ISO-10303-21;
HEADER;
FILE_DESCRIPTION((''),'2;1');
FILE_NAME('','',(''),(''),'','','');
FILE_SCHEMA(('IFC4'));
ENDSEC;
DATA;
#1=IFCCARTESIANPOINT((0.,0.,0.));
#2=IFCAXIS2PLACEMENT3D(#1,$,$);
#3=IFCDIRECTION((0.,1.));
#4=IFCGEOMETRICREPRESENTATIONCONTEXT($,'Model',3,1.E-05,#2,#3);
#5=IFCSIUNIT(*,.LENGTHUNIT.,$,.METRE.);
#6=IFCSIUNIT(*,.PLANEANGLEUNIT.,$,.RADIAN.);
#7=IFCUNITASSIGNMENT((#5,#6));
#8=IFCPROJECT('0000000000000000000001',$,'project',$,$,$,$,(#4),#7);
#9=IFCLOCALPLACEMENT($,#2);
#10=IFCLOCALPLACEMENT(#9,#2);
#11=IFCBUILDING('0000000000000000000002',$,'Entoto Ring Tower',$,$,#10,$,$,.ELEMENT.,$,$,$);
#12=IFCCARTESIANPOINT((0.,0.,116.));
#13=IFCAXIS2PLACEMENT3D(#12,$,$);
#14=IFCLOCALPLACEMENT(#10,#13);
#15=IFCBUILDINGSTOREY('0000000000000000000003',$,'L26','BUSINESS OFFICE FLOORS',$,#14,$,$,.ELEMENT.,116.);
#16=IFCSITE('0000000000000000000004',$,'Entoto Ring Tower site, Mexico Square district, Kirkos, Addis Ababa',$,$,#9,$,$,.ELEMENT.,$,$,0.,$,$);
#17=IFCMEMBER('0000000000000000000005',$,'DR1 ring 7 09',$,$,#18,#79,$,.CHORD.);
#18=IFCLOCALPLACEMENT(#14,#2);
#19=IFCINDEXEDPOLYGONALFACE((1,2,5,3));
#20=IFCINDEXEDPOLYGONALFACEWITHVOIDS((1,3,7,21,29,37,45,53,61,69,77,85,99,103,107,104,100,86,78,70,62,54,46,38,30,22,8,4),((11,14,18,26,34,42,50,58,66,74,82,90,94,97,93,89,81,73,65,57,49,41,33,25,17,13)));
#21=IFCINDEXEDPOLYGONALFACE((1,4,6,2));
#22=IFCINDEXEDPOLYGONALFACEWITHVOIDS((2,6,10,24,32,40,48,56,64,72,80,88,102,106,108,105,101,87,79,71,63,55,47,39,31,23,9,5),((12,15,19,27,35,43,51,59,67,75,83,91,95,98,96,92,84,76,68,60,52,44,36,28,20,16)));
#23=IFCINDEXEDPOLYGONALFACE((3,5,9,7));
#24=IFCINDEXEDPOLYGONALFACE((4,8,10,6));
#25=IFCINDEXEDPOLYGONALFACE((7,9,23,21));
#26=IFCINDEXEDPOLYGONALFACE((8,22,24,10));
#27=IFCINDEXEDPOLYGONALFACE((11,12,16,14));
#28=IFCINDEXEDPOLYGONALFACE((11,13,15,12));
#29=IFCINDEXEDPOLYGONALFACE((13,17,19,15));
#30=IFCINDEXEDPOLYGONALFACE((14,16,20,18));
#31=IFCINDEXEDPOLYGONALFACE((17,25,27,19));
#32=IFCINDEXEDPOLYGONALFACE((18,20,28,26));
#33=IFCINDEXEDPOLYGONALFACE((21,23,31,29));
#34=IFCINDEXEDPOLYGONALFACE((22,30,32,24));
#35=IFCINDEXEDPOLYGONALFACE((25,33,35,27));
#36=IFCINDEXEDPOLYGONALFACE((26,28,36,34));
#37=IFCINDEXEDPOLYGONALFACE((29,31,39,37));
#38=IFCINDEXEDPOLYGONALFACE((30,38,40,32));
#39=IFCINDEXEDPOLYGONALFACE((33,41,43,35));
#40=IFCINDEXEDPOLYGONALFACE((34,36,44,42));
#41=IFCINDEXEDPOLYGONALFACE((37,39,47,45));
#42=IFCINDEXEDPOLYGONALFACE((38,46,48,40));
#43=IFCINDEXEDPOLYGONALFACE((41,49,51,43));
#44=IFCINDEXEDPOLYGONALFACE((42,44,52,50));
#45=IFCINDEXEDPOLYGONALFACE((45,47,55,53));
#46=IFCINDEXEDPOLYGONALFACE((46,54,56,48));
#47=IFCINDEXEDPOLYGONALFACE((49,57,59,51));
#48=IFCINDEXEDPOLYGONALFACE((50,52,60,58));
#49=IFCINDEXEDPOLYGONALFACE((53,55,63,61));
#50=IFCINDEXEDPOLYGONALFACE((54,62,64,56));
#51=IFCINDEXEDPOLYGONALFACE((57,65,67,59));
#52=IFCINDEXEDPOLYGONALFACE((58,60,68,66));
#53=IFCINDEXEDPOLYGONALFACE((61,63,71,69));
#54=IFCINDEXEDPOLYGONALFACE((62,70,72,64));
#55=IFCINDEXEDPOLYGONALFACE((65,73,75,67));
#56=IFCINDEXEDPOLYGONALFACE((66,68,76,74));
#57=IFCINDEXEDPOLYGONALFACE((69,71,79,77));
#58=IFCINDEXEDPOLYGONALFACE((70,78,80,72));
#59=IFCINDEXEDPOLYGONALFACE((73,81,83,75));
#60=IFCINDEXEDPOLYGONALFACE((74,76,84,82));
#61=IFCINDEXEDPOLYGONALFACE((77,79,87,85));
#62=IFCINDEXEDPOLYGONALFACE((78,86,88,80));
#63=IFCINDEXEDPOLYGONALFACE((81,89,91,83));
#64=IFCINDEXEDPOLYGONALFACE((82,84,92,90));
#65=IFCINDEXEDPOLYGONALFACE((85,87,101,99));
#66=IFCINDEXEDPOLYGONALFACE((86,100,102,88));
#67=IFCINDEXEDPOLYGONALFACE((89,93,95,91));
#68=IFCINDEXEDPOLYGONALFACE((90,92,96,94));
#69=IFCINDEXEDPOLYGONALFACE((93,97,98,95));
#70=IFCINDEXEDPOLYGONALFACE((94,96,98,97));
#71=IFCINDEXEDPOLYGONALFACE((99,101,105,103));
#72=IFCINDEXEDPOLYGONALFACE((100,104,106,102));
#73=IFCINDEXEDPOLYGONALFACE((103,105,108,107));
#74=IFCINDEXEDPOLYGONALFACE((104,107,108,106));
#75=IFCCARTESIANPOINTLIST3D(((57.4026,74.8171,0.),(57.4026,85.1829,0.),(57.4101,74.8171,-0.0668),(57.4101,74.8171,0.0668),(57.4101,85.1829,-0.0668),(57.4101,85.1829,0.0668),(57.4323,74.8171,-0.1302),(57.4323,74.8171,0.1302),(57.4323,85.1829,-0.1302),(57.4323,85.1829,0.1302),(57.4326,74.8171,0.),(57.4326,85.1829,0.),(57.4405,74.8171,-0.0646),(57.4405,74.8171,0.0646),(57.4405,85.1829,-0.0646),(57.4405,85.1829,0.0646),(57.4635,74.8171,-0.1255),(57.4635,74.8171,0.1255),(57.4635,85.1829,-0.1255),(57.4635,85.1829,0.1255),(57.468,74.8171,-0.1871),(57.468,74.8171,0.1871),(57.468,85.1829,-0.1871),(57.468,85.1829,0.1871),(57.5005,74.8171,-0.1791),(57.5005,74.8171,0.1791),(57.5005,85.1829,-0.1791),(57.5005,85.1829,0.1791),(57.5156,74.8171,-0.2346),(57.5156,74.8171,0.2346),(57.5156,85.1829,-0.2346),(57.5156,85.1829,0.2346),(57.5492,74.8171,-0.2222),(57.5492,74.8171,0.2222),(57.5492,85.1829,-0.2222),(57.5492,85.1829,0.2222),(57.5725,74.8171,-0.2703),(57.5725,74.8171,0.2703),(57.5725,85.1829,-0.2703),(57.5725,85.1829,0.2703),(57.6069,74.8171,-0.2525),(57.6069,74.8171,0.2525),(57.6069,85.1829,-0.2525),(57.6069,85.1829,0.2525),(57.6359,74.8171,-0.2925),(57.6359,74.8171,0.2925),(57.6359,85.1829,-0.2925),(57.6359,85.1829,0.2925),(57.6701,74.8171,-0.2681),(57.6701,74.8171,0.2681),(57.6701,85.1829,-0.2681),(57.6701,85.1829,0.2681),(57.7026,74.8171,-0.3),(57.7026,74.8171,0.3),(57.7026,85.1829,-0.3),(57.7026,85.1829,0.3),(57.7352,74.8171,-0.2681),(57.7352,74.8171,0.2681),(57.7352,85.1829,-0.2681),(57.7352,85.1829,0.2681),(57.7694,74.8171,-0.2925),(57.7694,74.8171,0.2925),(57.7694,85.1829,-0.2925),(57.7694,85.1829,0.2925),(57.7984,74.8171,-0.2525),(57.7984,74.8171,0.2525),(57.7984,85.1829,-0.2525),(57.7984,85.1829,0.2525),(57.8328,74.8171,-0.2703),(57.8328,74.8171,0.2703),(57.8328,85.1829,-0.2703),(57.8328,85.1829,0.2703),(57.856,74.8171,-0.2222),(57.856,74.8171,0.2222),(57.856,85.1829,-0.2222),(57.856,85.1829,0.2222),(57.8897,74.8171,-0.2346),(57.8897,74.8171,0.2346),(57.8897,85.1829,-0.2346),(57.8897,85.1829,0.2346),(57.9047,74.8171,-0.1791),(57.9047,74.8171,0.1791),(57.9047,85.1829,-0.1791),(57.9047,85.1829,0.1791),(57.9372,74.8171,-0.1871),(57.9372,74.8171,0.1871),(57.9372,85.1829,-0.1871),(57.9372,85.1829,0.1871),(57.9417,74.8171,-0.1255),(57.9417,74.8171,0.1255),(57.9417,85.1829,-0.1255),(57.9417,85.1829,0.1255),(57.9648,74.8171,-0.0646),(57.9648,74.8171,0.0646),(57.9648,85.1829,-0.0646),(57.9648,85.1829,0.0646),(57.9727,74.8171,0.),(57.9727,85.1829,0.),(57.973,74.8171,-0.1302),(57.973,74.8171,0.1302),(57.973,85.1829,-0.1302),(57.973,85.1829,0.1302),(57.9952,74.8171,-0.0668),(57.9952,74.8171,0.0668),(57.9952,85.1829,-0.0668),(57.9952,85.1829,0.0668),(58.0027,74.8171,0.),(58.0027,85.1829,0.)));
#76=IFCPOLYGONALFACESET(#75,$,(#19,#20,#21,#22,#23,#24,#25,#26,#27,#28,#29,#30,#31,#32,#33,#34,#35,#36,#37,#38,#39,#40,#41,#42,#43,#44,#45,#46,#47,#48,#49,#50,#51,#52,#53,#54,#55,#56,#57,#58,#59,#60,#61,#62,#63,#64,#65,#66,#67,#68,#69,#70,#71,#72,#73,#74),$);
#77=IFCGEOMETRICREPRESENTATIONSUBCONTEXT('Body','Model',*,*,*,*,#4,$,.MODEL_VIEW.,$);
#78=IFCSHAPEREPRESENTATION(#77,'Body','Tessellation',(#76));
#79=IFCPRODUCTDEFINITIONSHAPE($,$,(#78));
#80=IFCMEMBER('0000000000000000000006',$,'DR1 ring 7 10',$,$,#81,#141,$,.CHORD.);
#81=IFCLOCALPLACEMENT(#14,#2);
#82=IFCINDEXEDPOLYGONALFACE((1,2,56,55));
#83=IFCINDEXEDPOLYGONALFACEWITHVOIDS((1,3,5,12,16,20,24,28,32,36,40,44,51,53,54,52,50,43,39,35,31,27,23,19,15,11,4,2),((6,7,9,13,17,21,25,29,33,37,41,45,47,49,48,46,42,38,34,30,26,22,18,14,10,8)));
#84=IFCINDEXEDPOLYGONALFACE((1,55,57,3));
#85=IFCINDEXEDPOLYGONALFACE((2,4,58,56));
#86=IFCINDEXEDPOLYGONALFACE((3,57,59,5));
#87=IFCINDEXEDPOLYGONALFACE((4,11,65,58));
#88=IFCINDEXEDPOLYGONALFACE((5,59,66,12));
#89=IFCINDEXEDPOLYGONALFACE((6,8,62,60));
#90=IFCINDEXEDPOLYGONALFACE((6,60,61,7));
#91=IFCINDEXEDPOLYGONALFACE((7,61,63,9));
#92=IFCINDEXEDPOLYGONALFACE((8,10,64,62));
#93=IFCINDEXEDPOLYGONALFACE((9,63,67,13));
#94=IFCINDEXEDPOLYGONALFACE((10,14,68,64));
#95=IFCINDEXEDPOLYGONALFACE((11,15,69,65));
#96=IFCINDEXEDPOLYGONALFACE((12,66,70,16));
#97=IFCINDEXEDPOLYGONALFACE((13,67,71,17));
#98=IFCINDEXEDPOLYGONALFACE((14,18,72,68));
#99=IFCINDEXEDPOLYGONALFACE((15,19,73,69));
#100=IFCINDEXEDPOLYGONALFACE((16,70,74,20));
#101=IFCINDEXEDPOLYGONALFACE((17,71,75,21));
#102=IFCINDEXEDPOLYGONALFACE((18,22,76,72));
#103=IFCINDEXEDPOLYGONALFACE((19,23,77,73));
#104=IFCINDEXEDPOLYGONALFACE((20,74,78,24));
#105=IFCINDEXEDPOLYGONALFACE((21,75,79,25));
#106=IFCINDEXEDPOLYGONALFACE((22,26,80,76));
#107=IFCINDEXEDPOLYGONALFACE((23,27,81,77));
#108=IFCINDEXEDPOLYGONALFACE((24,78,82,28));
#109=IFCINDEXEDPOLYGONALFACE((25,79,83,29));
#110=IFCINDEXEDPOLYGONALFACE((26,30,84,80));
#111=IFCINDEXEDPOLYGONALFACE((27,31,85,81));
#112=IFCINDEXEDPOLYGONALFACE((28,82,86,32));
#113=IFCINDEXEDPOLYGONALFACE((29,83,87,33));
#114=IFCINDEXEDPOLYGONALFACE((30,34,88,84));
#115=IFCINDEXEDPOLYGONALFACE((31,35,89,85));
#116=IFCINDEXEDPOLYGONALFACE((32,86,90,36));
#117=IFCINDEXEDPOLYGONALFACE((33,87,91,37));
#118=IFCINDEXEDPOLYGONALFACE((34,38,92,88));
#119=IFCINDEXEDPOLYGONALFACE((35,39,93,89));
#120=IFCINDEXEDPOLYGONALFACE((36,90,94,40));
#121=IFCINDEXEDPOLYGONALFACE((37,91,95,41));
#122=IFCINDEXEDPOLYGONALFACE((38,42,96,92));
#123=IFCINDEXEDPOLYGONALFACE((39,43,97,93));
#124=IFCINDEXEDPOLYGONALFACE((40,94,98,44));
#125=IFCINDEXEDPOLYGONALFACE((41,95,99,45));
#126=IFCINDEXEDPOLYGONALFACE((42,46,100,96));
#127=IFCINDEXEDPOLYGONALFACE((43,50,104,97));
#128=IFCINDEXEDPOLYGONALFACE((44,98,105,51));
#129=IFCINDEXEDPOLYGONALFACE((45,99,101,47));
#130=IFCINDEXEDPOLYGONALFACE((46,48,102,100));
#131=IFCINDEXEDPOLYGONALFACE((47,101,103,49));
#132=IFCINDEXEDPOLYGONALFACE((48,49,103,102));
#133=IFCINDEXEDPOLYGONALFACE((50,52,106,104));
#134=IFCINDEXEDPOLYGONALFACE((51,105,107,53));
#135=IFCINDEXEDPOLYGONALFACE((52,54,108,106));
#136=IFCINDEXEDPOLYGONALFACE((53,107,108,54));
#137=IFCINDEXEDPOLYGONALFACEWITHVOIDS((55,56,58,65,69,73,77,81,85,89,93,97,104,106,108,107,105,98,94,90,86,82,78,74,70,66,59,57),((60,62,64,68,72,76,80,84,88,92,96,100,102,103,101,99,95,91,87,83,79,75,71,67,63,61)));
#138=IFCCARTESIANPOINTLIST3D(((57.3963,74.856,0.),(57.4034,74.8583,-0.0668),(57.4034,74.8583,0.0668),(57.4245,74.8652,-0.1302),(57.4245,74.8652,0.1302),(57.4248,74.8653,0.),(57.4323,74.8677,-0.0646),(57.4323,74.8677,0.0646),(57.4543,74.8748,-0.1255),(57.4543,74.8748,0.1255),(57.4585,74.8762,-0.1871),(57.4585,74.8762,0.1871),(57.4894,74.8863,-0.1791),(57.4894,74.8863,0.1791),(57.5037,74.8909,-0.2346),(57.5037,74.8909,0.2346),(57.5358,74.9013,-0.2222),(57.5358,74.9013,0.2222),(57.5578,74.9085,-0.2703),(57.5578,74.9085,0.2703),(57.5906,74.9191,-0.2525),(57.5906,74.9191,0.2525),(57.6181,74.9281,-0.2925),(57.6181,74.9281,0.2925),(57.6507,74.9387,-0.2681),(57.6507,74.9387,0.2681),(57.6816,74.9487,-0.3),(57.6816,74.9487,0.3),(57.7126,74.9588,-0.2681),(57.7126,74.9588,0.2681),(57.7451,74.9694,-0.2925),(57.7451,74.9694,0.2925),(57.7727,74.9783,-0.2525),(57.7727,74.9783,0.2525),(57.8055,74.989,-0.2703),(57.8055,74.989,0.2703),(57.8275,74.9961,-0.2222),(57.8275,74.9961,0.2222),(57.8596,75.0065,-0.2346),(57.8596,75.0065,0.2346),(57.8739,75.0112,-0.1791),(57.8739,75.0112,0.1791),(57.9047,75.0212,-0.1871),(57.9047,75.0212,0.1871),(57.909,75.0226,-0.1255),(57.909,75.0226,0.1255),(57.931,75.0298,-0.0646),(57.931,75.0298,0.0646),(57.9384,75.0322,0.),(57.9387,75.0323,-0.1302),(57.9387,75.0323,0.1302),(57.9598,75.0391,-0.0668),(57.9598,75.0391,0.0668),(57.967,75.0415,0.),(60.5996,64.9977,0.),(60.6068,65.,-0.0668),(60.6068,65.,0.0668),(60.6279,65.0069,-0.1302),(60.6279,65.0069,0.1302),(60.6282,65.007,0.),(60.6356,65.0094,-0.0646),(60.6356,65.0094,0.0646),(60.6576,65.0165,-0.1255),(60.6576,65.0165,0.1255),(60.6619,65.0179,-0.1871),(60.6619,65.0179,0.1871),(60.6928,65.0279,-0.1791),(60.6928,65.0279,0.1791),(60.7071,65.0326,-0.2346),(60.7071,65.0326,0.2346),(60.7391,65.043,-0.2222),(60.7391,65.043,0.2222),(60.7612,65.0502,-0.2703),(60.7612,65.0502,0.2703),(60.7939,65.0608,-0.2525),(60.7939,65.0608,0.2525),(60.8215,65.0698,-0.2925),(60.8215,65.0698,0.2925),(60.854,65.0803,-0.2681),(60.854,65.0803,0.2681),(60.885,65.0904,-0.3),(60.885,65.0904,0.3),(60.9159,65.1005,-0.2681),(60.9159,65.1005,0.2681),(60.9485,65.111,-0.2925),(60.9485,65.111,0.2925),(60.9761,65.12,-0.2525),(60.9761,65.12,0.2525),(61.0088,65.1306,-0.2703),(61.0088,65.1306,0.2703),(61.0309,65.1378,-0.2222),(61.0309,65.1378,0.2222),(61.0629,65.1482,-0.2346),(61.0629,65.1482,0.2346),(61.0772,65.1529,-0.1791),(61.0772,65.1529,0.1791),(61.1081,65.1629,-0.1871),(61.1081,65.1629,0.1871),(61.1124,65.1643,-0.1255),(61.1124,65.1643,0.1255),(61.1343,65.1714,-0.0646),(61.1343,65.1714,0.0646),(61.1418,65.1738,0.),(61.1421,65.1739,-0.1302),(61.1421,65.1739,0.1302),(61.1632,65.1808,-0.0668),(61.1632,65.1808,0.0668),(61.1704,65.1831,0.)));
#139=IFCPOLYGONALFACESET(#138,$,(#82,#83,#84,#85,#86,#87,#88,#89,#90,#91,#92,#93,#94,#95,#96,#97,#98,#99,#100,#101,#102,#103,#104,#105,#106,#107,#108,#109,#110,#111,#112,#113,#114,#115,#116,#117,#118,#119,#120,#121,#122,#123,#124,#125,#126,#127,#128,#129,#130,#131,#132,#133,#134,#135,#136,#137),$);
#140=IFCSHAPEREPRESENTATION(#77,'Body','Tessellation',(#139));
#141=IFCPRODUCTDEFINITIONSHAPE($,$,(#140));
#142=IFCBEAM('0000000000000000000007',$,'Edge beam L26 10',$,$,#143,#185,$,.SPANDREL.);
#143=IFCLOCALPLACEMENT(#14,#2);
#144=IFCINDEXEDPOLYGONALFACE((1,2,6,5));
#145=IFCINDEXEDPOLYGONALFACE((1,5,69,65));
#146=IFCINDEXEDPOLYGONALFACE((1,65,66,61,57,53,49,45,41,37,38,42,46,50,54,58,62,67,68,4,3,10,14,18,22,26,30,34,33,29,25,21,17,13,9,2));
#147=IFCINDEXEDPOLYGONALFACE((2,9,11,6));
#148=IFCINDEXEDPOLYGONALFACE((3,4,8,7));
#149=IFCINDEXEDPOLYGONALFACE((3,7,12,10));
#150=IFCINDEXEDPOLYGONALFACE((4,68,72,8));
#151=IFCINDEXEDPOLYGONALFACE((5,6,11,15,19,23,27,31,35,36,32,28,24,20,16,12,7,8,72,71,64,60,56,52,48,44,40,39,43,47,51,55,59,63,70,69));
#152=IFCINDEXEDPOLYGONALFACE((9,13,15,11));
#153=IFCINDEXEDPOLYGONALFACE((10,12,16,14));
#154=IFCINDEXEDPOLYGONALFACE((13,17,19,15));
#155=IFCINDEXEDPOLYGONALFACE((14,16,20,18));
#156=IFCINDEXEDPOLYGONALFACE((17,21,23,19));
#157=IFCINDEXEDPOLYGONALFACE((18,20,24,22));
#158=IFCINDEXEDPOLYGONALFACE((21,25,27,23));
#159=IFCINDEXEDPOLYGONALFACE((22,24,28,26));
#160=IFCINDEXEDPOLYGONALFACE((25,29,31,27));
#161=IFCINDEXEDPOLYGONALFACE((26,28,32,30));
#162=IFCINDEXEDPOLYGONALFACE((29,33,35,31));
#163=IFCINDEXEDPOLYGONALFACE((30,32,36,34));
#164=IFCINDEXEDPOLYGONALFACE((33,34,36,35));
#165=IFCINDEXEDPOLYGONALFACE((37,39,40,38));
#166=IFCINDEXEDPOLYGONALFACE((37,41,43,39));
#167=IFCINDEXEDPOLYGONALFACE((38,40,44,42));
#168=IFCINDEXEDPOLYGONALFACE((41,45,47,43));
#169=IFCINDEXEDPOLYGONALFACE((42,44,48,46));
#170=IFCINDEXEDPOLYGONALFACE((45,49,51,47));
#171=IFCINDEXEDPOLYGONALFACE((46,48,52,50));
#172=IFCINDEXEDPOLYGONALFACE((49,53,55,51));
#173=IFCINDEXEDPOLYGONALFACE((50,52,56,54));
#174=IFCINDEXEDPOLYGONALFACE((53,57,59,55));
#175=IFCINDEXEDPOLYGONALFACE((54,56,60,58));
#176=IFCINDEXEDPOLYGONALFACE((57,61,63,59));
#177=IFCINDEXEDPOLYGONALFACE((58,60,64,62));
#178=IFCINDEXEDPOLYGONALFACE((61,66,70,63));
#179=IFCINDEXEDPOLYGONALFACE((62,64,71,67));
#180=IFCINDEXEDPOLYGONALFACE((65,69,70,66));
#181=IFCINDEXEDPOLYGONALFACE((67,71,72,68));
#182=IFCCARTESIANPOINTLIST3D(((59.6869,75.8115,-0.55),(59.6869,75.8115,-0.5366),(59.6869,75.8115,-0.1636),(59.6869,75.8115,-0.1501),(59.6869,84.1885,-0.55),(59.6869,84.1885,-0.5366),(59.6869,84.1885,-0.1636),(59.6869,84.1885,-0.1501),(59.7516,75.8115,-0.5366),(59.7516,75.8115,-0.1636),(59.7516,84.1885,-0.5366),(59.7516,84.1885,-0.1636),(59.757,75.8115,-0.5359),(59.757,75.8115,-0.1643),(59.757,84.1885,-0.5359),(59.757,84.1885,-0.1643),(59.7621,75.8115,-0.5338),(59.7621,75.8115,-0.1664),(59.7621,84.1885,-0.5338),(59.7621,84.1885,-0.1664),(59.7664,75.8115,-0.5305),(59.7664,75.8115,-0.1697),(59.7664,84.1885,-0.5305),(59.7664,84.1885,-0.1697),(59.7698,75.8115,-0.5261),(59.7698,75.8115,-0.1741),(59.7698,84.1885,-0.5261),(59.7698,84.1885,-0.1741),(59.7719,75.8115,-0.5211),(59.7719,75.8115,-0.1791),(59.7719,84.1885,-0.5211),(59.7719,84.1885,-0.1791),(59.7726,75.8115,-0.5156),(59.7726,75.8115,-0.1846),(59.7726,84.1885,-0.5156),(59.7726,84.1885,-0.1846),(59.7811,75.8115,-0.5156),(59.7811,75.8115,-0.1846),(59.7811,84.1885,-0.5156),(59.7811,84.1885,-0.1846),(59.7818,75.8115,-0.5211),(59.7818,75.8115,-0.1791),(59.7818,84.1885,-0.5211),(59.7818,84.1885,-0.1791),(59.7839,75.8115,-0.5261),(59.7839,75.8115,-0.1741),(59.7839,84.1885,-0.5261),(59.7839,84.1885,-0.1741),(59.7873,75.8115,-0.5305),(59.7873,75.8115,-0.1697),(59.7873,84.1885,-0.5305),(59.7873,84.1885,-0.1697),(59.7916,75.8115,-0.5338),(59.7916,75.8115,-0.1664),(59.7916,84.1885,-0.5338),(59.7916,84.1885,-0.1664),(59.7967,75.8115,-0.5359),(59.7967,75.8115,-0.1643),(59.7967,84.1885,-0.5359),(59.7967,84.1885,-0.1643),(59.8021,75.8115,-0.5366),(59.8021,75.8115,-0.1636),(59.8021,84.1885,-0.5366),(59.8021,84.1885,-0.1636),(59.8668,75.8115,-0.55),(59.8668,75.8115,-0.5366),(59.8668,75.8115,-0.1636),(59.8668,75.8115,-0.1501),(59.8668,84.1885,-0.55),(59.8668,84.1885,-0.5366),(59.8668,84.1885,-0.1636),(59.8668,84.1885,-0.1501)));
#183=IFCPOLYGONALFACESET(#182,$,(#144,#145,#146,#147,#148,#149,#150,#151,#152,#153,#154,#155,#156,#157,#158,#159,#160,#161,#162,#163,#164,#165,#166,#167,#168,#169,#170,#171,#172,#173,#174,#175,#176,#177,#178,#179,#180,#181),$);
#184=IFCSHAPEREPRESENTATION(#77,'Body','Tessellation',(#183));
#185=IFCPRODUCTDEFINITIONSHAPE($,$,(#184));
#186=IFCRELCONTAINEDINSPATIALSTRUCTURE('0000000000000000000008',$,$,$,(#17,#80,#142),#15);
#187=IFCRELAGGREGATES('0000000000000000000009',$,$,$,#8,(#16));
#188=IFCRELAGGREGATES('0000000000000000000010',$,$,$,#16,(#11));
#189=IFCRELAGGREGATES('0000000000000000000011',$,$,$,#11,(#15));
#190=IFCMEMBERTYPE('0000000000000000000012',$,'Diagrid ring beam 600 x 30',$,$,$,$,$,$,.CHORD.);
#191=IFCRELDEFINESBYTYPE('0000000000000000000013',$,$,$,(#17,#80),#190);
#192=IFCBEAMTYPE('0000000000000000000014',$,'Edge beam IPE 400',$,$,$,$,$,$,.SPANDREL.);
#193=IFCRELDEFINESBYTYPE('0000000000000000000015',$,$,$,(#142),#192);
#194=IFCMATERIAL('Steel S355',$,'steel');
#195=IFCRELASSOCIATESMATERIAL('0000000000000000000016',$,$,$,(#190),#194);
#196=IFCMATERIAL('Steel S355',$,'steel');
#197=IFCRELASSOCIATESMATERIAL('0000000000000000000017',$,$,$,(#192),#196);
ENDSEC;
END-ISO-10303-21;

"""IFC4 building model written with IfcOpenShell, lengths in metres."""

from ifc_helpers import new_model, si_unit, direction, frame, origin, origin_2d, place, context, subcontext, project, spatial, circle, hollow_circle, i_section, extrude, material, material_profile, profile_set, type_object, element, save


model = new_model("IFC4")

# Units and contexts
model_context = context("Model", 3, precision=1e-05, world=origin(), true_north=direction((0.0, 1.0)))
body_context = subcontext(model_context, "Body", "Model", "MODEL_VIEW")
ifc_project = project(units=[si_unit("LENGTHUNIT", "METRE"), si_unit("PLANEANGLEUNIT", "RADIAN")], contexts=[model_context])

# Site, building, storey
site_placement = place(None, origin())
site = spatial("IfcSite", under=ifc_project, at=site_placement, Name="Entoto Ring Tower site, Mexico Square district, Kirkos, Addis Ababa", CompositionType="ELEMENT", RefElevation=0.0)
building_placement = place(site_placement, origin())
building = spatial("IfcBuilding", under=site, at=building_placement, Name="Entoto Ring Tower", CompositionType="ELEMENT")
storey_placement = place(building_placement, frame((0.0, 0.0, 116.0)))
storey = spatial("IfcBuildingStorey", under=building, at=storey_placement, Name="L26", Description="BUSINESS OFFICE FLOORS", CompositionType="ELEMENT", Elevation=116.0)

# Members
ifc_material_1 = material(Name="Steel S355", Category="steel")
ifc_material_profile_1 = material_profile(ifc_material_1, hollow_circle(Radius=0.3, WallThickness=0.03, at=origin_2d()), Name="CHS 600 x 30")
ifc_material_2 = material(Name="Concrete C60/75", Category="concrete")
ifc_material_profile_2 = material_profile(ifc_material_2, circle(Radius=0.27, at=origin_2d()), Name="Concrete C60/75 infill")
ifc_profile_set_1 = profile_set([ifc_material_profile_1, ifc_material_profile_2], Name="Steel S355")
member_type_1 = type_object("IfcMemberType", Name="Diagrid ring beam 600 x 30", PredefinedType="CHORD", material=ifc_profile_set_1)
for number, where, z_axis, x_axis, name in (
    (1, (57.7026, 85.1829, 0.0), (0.0, -1.0, 0.0), (1.0, 0.0, 0.0), "DR1 ring 7 09"),
    (2, (57.6816, 74.9487, 0.0), (0.309033, -0.951051, 0.0), (0.951051, 0.309033, 0.0), "DR1 ring 7 10"),
):
    element("IfcMember", number, at=place(storey_placement, frame(where, z_axis=z_axis, x_axis=x_axis)), inside=storey, type_object=member_type_1, Name=name, PredefinedType="CHORD", context=body_context, shape_type="SweptSolid", body=[
        extrude(hollow_circle(Radius=0.3, WallThickness=0.03, at=origin_2d()), origin(), (0.0, 0.0, 1.0), 10.3657),
    ])

# Beam
ifc_material_3 = material(Name="Steel S355", Category="steel")
ifc_material_profile_3 = material_profile(ifc_material_3, i_section(OverallWidth=0.1799, OverallDepth=0.3999, WebThickness=0.0085, FlangeThickness=0.0134, FilletRadius=0.021, at=origin_2d()), Name="IPE 400")
ifc_profile_set_2 = profile_set([ifc_material_profile_3], Name="Steel S355")
beam_type_1 = type_object("IfcBeamType", Name="Edge beam IPE 400", PredefinedType="SPANDREL", material=ifc_profile_set_2)
for number, where, z_axis, x_axis, name in (
    (3, (59.7769, 84.1885, -0.3501), (0.0, -1.0, 0.0), (1.0, 0.0, 0.0), "Edge beam L26 10"),
):
    element("IfcBeam", number, at=place(storey_placement, frame(where, z_axis=z_axis, x_axis=x_axis)), inside=storey, type_object=beam_type_1, Name=name, PredefinedType="SPANDREL", context=body_context, shape_type="SweptSolid", body=[
        extrude(i_section(OverallWidth=0.1799, OverallDepth=0.3999, WebThickness=0.0085, FlangeThickness=0.0134, FilletRadius=0.021, at=origin_2d()), origin(), (0.0, 0.0, 1.0), 8.377),
    ])

save(model, "model.ifc")
